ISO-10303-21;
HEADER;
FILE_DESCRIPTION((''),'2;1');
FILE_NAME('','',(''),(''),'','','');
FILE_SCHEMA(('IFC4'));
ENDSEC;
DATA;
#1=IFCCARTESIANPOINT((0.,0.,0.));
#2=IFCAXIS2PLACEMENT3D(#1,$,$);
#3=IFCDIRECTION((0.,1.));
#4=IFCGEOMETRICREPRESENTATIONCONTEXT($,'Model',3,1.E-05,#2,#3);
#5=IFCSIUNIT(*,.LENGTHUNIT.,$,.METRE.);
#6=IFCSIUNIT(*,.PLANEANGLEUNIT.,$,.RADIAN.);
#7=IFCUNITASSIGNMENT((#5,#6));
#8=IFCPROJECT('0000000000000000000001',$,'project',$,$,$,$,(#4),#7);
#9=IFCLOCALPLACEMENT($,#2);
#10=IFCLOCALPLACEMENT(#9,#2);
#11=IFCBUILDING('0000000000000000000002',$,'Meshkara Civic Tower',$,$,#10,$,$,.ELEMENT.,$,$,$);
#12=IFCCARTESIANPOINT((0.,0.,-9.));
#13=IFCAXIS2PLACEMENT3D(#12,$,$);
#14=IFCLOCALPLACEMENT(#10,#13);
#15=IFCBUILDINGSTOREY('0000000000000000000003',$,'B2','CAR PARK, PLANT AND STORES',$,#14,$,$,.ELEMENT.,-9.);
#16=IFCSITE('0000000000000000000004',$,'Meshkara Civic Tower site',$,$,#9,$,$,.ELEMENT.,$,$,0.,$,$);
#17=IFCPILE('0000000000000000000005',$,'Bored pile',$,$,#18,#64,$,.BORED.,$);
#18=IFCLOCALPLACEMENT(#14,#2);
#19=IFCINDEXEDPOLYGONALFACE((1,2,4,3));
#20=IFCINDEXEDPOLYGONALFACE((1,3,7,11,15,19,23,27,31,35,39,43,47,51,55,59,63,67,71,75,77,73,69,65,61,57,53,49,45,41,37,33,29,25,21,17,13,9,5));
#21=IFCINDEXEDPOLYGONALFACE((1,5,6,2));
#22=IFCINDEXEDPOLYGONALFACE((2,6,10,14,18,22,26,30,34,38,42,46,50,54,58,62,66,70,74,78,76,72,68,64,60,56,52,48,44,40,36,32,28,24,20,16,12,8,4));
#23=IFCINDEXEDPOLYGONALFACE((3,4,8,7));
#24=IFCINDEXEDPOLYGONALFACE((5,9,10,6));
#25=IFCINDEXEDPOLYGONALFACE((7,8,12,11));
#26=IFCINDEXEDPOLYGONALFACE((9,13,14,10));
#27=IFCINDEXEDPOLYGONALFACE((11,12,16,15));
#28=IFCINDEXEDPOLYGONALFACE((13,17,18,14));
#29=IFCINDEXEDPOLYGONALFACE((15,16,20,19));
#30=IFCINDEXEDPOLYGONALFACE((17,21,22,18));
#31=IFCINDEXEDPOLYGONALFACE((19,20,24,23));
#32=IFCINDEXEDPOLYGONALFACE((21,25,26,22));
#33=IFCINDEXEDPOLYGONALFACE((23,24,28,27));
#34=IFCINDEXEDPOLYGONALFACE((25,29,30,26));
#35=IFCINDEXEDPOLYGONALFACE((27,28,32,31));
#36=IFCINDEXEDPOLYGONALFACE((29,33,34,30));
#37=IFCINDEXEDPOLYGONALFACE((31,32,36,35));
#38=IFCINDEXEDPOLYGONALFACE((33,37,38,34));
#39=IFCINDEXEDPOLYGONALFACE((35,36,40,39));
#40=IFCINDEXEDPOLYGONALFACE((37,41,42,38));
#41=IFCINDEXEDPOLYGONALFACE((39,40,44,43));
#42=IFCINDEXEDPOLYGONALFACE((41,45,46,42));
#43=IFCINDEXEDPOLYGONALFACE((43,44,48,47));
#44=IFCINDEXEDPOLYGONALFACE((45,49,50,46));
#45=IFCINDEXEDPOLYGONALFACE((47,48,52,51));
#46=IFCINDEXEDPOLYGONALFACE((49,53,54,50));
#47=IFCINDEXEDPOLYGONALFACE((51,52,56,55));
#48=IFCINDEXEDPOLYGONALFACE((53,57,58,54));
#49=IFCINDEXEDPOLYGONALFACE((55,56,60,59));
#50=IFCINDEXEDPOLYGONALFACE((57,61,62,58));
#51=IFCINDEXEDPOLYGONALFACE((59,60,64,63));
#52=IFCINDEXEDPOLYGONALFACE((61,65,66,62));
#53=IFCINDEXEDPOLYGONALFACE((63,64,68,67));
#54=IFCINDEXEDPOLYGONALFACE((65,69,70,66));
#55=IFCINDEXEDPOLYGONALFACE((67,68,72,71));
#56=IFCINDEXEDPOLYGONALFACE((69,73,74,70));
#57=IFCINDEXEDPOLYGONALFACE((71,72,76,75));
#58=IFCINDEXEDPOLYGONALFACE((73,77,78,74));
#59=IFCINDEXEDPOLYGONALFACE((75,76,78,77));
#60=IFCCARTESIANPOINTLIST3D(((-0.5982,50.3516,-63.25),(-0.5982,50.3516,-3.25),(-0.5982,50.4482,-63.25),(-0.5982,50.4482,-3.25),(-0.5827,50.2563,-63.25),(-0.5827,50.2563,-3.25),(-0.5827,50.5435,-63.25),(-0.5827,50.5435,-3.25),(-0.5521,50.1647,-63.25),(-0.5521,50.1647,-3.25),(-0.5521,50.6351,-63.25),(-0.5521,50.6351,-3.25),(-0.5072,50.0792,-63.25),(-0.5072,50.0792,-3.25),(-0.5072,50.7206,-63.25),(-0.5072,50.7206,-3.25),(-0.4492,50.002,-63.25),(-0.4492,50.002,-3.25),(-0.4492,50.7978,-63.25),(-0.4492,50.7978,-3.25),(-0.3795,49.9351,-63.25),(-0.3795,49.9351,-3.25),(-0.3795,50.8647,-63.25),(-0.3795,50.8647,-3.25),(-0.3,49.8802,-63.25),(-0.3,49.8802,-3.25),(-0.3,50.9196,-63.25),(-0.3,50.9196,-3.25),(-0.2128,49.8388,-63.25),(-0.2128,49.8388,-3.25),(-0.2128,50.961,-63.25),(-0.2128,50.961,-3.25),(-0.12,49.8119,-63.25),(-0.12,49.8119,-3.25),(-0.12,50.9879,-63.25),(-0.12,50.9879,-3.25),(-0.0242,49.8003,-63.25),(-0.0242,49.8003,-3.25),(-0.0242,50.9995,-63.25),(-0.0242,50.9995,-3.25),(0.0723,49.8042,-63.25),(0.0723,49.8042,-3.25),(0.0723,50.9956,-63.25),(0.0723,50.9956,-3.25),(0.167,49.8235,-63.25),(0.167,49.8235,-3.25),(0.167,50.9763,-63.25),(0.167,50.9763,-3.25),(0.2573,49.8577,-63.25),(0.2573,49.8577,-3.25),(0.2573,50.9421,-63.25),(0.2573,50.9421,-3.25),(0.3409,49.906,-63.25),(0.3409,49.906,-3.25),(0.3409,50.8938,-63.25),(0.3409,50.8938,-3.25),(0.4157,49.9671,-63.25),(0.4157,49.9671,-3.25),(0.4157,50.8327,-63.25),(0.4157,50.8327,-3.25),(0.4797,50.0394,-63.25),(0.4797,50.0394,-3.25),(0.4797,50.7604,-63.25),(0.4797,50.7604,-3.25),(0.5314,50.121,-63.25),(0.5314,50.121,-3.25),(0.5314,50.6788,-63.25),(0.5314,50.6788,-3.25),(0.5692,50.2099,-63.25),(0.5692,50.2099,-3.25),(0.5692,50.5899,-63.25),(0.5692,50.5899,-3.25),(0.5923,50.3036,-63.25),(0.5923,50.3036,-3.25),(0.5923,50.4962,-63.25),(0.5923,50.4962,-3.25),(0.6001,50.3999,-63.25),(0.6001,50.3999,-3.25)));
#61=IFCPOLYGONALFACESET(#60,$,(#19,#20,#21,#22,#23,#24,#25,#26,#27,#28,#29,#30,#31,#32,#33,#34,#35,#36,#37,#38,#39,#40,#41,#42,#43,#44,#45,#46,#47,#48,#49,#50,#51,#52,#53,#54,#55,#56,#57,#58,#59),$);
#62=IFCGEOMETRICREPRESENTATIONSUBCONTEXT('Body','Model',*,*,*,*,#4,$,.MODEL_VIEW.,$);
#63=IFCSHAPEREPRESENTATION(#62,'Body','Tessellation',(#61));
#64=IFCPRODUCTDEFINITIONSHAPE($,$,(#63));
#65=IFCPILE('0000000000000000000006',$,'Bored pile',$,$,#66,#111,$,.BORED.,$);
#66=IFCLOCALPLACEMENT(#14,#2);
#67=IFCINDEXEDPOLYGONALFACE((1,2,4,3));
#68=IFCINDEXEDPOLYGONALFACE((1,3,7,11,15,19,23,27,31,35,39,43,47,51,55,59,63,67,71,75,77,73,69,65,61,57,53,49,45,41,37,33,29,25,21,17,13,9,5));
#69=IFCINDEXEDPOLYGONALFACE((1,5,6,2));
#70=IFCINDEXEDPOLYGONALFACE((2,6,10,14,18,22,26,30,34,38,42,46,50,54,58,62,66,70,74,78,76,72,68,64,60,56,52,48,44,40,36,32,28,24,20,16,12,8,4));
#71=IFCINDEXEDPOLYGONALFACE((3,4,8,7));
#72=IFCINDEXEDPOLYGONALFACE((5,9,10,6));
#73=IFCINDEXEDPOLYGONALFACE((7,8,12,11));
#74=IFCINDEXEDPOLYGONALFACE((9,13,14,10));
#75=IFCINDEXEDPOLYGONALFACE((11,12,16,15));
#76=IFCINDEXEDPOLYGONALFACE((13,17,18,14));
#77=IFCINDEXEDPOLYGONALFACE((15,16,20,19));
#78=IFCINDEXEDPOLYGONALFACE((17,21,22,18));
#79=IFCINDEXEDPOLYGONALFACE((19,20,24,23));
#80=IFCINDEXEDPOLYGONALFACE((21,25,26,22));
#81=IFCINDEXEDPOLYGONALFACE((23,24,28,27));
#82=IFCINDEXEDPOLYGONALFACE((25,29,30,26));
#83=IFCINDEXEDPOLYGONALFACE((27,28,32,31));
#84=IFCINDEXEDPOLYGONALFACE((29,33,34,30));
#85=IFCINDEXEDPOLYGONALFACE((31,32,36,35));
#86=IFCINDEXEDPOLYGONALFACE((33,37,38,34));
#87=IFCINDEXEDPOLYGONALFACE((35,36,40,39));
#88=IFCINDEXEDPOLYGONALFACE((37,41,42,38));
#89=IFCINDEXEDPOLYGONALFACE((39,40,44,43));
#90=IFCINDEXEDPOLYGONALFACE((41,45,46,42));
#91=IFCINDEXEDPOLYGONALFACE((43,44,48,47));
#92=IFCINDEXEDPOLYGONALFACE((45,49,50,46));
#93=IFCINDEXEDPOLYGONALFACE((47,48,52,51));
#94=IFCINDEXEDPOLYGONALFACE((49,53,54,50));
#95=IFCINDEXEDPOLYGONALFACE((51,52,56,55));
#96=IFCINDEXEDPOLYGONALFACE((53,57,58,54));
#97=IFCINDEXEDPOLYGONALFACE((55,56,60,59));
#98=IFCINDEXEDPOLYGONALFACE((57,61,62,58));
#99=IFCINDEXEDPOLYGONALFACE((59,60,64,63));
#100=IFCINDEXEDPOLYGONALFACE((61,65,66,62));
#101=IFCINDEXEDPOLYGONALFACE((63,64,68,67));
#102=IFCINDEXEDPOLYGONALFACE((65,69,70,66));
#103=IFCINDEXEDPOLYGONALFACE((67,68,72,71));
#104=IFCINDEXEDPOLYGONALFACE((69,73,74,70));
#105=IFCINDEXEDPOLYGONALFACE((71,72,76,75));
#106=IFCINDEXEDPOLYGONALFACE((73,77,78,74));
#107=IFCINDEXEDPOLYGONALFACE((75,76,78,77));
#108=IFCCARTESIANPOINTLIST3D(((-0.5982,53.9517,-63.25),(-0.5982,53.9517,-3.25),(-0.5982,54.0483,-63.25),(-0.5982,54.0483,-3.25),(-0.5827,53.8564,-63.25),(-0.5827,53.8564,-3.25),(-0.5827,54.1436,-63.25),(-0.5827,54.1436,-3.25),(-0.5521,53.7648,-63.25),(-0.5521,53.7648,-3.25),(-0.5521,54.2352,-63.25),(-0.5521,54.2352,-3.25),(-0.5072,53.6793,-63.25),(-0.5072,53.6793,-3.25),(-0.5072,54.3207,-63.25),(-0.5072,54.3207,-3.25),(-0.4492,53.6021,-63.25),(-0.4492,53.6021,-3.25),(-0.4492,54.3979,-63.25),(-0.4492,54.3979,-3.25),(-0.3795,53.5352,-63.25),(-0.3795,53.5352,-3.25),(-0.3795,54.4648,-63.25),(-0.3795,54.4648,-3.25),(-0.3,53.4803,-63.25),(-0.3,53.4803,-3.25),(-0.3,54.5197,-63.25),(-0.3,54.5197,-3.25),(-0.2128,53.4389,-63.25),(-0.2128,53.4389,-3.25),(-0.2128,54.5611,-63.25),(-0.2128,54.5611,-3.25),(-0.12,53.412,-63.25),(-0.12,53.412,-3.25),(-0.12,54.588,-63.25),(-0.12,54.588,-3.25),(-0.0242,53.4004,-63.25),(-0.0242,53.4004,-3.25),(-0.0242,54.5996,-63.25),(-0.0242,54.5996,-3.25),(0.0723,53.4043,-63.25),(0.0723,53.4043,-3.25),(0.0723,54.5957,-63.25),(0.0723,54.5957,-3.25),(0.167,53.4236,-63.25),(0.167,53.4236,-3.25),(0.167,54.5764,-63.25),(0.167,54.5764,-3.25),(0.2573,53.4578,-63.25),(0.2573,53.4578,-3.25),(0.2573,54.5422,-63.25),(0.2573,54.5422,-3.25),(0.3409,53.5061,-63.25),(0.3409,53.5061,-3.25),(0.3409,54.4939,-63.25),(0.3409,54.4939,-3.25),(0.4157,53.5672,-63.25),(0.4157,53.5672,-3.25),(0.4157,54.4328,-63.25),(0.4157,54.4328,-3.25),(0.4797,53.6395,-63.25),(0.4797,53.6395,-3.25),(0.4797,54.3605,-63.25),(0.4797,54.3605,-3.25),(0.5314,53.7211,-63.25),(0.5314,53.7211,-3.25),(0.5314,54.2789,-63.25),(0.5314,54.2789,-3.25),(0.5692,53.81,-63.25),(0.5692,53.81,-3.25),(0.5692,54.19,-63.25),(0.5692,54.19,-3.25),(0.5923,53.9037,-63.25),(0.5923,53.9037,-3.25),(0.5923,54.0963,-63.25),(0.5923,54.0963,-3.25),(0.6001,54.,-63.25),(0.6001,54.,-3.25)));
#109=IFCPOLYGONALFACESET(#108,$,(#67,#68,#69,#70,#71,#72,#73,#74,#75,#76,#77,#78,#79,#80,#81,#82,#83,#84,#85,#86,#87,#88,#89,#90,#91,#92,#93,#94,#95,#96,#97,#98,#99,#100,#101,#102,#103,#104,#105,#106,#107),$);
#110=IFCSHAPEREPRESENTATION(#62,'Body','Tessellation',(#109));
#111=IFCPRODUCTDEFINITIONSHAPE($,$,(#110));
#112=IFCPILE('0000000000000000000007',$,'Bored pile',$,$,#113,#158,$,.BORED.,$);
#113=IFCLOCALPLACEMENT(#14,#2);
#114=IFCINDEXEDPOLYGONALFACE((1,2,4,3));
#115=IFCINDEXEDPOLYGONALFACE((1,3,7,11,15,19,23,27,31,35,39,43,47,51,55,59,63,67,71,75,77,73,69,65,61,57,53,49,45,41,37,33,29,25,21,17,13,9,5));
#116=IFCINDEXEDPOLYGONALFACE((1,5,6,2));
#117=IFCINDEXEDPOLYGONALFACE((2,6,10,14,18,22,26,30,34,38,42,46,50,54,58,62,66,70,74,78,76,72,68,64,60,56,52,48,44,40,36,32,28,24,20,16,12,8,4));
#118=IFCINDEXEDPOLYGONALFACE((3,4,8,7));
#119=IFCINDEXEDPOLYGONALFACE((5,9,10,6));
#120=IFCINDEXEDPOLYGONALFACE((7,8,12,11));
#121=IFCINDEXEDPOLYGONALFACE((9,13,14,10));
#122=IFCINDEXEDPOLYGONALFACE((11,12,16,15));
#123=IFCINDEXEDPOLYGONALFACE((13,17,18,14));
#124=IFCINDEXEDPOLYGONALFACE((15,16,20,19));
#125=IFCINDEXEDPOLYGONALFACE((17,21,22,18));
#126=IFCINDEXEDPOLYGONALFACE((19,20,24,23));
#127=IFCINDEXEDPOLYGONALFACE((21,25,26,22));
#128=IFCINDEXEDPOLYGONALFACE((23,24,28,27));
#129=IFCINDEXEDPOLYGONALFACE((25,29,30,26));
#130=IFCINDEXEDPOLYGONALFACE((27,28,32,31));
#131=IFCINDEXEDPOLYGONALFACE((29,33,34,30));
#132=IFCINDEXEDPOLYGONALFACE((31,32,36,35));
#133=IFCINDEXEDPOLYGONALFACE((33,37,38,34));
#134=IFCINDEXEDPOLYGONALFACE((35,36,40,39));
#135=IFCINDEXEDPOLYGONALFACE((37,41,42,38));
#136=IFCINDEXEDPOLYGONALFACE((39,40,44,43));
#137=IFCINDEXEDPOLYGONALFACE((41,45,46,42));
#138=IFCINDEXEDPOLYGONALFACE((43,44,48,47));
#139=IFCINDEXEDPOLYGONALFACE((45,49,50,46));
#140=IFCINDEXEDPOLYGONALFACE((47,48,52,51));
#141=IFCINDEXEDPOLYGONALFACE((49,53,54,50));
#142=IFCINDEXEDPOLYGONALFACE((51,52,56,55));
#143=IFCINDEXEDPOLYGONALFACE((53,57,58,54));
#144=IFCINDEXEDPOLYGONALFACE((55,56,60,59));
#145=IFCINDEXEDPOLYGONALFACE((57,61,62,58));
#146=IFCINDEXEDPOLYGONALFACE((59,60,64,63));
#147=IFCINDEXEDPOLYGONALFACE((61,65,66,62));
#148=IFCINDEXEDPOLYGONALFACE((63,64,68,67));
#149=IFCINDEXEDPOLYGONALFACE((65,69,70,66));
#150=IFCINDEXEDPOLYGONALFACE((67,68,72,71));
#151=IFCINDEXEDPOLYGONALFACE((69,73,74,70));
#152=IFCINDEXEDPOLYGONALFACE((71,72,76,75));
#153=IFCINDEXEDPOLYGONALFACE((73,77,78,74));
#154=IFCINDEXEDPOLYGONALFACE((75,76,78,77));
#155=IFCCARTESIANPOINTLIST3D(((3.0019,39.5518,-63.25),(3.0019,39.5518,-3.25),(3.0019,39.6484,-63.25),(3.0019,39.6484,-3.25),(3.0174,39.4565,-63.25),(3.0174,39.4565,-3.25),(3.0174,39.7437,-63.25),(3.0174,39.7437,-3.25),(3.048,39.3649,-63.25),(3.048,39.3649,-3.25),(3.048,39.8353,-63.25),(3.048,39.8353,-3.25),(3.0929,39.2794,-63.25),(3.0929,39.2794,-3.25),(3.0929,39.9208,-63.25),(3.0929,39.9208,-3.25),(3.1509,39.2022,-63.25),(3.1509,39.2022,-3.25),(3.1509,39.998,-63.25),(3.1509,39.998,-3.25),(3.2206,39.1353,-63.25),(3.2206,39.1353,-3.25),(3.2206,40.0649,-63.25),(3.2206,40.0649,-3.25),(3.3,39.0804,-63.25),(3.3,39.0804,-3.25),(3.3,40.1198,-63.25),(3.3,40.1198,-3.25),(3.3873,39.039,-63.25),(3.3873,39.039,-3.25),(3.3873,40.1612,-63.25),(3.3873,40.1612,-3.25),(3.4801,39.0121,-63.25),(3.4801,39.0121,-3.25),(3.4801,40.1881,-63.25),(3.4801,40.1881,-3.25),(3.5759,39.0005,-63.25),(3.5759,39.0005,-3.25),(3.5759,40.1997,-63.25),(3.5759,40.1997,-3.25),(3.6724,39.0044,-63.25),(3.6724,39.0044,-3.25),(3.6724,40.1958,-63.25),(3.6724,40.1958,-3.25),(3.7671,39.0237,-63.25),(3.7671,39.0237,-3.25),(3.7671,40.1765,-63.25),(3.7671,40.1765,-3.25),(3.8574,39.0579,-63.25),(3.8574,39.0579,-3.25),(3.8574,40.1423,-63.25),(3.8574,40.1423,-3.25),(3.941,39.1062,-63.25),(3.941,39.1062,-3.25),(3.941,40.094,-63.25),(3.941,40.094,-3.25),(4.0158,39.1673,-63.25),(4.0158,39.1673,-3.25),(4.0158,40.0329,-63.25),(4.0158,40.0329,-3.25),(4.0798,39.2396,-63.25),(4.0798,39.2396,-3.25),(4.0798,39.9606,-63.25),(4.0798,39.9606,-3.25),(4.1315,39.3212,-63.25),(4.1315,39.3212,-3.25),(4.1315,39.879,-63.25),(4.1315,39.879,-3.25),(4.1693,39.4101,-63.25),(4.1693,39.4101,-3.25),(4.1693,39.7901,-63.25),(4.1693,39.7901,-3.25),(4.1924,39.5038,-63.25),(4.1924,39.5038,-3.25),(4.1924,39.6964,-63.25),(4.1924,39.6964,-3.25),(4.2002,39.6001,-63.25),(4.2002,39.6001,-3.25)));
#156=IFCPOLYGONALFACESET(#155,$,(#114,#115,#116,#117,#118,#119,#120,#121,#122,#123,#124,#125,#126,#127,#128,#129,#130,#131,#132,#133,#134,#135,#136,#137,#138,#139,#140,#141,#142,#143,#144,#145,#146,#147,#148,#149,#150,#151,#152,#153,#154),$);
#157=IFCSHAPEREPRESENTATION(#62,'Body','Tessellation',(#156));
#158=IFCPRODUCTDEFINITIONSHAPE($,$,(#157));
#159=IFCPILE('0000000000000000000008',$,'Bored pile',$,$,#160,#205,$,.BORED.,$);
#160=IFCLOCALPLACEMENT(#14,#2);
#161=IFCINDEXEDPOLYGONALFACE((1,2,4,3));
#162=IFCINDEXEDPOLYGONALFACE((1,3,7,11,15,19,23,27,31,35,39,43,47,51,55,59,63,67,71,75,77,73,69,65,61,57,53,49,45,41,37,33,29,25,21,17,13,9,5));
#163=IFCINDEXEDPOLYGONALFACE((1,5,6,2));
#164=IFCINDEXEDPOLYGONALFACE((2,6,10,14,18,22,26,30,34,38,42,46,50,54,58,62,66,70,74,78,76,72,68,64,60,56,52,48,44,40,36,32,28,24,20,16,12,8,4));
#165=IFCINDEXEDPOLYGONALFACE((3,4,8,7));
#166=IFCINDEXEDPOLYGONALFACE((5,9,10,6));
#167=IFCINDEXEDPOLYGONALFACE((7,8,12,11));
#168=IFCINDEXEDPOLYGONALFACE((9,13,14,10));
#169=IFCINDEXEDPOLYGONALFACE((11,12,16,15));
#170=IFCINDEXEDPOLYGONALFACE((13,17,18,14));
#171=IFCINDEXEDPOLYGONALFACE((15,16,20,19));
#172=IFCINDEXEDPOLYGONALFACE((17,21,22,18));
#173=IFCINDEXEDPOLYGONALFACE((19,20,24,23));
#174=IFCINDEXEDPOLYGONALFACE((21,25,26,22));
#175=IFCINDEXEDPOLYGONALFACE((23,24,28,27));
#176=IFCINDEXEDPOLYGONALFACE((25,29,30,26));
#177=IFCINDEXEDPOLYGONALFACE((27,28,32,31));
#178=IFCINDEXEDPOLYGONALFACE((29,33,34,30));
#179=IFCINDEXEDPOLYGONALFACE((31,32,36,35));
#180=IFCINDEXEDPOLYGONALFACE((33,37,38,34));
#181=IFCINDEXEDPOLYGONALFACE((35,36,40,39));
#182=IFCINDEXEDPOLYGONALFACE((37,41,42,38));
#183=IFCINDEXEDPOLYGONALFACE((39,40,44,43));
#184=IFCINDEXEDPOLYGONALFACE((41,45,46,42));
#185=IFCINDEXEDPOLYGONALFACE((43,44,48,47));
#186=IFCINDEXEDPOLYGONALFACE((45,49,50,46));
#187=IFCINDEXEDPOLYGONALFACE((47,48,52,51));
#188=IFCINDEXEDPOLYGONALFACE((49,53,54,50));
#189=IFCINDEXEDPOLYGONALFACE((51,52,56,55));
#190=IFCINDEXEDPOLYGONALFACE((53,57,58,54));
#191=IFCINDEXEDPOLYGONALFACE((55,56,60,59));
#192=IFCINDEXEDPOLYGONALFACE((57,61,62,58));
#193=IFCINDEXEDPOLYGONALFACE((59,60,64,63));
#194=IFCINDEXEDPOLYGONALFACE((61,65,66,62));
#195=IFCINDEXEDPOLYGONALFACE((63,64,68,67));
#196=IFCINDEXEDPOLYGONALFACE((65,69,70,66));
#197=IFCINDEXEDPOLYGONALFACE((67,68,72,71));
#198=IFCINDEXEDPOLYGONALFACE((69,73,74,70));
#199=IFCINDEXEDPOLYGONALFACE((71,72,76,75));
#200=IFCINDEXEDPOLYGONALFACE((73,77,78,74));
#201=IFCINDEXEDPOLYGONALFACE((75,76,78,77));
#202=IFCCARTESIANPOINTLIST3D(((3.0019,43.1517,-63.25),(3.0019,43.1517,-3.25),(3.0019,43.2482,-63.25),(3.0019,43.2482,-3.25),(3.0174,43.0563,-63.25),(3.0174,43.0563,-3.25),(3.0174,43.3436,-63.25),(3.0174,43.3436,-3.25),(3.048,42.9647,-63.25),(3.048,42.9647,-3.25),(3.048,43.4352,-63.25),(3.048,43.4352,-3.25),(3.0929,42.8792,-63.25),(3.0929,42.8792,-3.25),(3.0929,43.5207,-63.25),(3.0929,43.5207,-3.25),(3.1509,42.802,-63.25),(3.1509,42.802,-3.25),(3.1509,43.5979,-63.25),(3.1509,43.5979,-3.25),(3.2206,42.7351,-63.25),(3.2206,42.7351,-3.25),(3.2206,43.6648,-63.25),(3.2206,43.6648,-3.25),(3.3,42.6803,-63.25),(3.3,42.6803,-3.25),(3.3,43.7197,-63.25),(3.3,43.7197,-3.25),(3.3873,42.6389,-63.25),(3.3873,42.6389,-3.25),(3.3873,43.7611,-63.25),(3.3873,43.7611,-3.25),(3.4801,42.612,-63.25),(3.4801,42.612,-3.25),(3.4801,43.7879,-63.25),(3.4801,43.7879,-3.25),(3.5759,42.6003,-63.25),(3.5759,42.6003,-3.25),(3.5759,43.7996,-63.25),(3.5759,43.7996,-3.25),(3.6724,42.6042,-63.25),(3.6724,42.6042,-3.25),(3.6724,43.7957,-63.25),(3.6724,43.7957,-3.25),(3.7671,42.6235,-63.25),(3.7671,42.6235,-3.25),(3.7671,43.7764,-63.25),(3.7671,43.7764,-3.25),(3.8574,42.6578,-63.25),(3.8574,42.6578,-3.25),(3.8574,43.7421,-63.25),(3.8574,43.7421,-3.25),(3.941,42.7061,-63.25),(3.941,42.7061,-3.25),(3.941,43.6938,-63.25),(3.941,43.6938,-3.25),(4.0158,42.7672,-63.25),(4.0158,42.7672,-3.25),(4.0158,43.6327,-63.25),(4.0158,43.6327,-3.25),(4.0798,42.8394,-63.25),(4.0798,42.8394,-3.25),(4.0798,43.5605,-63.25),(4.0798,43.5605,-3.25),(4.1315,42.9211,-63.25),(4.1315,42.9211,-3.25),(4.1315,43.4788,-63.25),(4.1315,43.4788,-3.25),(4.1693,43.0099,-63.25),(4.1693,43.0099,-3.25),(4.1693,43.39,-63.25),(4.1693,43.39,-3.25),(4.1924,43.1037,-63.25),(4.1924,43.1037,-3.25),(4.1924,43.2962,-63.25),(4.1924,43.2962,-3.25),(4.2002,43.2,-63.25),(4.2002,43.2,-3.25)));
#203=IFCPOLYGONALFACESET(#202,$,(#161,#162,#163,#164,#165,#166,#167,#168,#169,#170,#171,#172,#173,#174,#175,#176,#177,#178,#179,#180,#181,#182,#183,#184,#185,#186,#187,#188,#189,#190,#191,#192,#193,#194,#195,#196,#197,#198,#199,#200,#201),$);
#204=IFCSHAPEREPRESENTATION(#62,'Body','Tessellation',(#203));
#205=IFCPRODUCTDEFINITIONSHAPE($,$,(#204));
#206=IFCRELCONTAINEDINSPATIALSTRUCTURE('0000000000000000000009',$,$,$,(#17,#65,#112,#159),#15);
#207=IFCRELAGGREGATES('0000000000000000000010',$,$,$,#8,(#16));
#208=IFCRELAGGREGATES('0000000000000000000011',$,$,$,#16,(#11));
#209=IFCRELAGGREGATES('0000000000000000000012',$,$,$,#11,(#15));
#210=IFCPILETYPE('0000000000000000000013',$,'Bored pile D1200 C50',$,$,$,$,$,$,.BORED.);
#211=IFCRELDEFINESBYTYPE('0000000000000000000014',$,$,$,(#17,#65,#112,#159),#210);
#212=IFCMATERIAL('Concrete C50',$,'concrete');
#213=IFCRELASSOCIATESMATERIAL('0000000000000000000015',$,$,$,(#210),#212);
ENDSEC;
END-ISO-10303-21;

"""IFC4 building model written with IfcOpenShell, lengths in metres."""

from ifc_helpers import new_model, si_unit, direction, frame, origin, origin_2d, place, context, subcontext, project, spatial, circle, extrude, material, material_profile, profile_set, type_object, element, save


model = new_model("IFC4")

# Units and contexts
model_context = context("Model", 3, precision=1e-05, world=origin(), true_north=direction((0.0, 1.0)))
body_context = subcontext(model_context, "Body", "Model", "MODEL_VIEW")
ifc_project = project(units=[si_unit("LENGTHUNIT", "METRE"), si_unit("PLANEANGLEUNIT", "RADIAN")], contexts=[model_context])

# Site, building, storey
site_placement = place(None, origin())
site = spatial("IfcSite", under=ifc_project, at=site_placement, Name="Meshkara Civic Tower site", CompositionType="ELEMENT", RefElevation=0.0)
building_placement = place(site_placement, origin())
building = spatial("IfcBuilding", under=site, at=building_placement, Name="Meshkara Civic Tower", CompositionType="ELEMENT")
storey_placement = place(building_placement, frame((0.0, 0.0, -9.0)))
storey = spatial("IfcBuildingStorey", under=building, at=storey_placement, Name="B2", Description="CAR PARK, PLANT AND STORES", CompositionType="ELEMENT", Elevation=-9.0)

# Piles
ifc_material_1 = material(Name="Concrete C50", Category="concrete")
ifc_material_profile_1 = material_profile(ifc_material_1, circle(Radius=0.6001, at=origin_2d()))
ifc_profile_set_1 = profile_set([ifc_material_profile_1], Name="Concrete C50")
pile_type = type_object("IfcPileType", Name="Bored pile D1200 C50", PredefinedType="BORED", material=ifc_profile_set_1)
for number, where, z_axis, x_axis, name in (
    (1, (0.0, 50.3999, -3.25), (0.0, 0.0, -1.0), (1.0, 0.0, 0.0), "Bored pile"),
    (2, (0.0, 54.0, -3.25), (0.0, 0.0, -1.0), (1.0, 0.0, 0.0), "Bored pile"),
    (3, (3.6001, 39.6001, -3.25), (0.0, 0.0, -1.0), (1.0, 0.0, 0.0), "Bored pile"),
    (4, (3.6001, 43.2, -3.25), (0.0, 0.0, -1.0), (1.0, 0.0, 0.0), "Bored pile"),
):
    element("IfcPile", number, at=place(storey_placement, frame(where, z_axis=z_axis, x_axis=x_axis)), inside=storey, type_object=pile_type, Name=name, PredefinedType="BORED", context=body_context, shape_type="SweptSolid", body=[
        extrude(circle(Radius=0.6001, at=origin_2d()), origin(), (0.0, 0.0, 1.0), 60.0),
    ])

save(model, "model.ifc")
